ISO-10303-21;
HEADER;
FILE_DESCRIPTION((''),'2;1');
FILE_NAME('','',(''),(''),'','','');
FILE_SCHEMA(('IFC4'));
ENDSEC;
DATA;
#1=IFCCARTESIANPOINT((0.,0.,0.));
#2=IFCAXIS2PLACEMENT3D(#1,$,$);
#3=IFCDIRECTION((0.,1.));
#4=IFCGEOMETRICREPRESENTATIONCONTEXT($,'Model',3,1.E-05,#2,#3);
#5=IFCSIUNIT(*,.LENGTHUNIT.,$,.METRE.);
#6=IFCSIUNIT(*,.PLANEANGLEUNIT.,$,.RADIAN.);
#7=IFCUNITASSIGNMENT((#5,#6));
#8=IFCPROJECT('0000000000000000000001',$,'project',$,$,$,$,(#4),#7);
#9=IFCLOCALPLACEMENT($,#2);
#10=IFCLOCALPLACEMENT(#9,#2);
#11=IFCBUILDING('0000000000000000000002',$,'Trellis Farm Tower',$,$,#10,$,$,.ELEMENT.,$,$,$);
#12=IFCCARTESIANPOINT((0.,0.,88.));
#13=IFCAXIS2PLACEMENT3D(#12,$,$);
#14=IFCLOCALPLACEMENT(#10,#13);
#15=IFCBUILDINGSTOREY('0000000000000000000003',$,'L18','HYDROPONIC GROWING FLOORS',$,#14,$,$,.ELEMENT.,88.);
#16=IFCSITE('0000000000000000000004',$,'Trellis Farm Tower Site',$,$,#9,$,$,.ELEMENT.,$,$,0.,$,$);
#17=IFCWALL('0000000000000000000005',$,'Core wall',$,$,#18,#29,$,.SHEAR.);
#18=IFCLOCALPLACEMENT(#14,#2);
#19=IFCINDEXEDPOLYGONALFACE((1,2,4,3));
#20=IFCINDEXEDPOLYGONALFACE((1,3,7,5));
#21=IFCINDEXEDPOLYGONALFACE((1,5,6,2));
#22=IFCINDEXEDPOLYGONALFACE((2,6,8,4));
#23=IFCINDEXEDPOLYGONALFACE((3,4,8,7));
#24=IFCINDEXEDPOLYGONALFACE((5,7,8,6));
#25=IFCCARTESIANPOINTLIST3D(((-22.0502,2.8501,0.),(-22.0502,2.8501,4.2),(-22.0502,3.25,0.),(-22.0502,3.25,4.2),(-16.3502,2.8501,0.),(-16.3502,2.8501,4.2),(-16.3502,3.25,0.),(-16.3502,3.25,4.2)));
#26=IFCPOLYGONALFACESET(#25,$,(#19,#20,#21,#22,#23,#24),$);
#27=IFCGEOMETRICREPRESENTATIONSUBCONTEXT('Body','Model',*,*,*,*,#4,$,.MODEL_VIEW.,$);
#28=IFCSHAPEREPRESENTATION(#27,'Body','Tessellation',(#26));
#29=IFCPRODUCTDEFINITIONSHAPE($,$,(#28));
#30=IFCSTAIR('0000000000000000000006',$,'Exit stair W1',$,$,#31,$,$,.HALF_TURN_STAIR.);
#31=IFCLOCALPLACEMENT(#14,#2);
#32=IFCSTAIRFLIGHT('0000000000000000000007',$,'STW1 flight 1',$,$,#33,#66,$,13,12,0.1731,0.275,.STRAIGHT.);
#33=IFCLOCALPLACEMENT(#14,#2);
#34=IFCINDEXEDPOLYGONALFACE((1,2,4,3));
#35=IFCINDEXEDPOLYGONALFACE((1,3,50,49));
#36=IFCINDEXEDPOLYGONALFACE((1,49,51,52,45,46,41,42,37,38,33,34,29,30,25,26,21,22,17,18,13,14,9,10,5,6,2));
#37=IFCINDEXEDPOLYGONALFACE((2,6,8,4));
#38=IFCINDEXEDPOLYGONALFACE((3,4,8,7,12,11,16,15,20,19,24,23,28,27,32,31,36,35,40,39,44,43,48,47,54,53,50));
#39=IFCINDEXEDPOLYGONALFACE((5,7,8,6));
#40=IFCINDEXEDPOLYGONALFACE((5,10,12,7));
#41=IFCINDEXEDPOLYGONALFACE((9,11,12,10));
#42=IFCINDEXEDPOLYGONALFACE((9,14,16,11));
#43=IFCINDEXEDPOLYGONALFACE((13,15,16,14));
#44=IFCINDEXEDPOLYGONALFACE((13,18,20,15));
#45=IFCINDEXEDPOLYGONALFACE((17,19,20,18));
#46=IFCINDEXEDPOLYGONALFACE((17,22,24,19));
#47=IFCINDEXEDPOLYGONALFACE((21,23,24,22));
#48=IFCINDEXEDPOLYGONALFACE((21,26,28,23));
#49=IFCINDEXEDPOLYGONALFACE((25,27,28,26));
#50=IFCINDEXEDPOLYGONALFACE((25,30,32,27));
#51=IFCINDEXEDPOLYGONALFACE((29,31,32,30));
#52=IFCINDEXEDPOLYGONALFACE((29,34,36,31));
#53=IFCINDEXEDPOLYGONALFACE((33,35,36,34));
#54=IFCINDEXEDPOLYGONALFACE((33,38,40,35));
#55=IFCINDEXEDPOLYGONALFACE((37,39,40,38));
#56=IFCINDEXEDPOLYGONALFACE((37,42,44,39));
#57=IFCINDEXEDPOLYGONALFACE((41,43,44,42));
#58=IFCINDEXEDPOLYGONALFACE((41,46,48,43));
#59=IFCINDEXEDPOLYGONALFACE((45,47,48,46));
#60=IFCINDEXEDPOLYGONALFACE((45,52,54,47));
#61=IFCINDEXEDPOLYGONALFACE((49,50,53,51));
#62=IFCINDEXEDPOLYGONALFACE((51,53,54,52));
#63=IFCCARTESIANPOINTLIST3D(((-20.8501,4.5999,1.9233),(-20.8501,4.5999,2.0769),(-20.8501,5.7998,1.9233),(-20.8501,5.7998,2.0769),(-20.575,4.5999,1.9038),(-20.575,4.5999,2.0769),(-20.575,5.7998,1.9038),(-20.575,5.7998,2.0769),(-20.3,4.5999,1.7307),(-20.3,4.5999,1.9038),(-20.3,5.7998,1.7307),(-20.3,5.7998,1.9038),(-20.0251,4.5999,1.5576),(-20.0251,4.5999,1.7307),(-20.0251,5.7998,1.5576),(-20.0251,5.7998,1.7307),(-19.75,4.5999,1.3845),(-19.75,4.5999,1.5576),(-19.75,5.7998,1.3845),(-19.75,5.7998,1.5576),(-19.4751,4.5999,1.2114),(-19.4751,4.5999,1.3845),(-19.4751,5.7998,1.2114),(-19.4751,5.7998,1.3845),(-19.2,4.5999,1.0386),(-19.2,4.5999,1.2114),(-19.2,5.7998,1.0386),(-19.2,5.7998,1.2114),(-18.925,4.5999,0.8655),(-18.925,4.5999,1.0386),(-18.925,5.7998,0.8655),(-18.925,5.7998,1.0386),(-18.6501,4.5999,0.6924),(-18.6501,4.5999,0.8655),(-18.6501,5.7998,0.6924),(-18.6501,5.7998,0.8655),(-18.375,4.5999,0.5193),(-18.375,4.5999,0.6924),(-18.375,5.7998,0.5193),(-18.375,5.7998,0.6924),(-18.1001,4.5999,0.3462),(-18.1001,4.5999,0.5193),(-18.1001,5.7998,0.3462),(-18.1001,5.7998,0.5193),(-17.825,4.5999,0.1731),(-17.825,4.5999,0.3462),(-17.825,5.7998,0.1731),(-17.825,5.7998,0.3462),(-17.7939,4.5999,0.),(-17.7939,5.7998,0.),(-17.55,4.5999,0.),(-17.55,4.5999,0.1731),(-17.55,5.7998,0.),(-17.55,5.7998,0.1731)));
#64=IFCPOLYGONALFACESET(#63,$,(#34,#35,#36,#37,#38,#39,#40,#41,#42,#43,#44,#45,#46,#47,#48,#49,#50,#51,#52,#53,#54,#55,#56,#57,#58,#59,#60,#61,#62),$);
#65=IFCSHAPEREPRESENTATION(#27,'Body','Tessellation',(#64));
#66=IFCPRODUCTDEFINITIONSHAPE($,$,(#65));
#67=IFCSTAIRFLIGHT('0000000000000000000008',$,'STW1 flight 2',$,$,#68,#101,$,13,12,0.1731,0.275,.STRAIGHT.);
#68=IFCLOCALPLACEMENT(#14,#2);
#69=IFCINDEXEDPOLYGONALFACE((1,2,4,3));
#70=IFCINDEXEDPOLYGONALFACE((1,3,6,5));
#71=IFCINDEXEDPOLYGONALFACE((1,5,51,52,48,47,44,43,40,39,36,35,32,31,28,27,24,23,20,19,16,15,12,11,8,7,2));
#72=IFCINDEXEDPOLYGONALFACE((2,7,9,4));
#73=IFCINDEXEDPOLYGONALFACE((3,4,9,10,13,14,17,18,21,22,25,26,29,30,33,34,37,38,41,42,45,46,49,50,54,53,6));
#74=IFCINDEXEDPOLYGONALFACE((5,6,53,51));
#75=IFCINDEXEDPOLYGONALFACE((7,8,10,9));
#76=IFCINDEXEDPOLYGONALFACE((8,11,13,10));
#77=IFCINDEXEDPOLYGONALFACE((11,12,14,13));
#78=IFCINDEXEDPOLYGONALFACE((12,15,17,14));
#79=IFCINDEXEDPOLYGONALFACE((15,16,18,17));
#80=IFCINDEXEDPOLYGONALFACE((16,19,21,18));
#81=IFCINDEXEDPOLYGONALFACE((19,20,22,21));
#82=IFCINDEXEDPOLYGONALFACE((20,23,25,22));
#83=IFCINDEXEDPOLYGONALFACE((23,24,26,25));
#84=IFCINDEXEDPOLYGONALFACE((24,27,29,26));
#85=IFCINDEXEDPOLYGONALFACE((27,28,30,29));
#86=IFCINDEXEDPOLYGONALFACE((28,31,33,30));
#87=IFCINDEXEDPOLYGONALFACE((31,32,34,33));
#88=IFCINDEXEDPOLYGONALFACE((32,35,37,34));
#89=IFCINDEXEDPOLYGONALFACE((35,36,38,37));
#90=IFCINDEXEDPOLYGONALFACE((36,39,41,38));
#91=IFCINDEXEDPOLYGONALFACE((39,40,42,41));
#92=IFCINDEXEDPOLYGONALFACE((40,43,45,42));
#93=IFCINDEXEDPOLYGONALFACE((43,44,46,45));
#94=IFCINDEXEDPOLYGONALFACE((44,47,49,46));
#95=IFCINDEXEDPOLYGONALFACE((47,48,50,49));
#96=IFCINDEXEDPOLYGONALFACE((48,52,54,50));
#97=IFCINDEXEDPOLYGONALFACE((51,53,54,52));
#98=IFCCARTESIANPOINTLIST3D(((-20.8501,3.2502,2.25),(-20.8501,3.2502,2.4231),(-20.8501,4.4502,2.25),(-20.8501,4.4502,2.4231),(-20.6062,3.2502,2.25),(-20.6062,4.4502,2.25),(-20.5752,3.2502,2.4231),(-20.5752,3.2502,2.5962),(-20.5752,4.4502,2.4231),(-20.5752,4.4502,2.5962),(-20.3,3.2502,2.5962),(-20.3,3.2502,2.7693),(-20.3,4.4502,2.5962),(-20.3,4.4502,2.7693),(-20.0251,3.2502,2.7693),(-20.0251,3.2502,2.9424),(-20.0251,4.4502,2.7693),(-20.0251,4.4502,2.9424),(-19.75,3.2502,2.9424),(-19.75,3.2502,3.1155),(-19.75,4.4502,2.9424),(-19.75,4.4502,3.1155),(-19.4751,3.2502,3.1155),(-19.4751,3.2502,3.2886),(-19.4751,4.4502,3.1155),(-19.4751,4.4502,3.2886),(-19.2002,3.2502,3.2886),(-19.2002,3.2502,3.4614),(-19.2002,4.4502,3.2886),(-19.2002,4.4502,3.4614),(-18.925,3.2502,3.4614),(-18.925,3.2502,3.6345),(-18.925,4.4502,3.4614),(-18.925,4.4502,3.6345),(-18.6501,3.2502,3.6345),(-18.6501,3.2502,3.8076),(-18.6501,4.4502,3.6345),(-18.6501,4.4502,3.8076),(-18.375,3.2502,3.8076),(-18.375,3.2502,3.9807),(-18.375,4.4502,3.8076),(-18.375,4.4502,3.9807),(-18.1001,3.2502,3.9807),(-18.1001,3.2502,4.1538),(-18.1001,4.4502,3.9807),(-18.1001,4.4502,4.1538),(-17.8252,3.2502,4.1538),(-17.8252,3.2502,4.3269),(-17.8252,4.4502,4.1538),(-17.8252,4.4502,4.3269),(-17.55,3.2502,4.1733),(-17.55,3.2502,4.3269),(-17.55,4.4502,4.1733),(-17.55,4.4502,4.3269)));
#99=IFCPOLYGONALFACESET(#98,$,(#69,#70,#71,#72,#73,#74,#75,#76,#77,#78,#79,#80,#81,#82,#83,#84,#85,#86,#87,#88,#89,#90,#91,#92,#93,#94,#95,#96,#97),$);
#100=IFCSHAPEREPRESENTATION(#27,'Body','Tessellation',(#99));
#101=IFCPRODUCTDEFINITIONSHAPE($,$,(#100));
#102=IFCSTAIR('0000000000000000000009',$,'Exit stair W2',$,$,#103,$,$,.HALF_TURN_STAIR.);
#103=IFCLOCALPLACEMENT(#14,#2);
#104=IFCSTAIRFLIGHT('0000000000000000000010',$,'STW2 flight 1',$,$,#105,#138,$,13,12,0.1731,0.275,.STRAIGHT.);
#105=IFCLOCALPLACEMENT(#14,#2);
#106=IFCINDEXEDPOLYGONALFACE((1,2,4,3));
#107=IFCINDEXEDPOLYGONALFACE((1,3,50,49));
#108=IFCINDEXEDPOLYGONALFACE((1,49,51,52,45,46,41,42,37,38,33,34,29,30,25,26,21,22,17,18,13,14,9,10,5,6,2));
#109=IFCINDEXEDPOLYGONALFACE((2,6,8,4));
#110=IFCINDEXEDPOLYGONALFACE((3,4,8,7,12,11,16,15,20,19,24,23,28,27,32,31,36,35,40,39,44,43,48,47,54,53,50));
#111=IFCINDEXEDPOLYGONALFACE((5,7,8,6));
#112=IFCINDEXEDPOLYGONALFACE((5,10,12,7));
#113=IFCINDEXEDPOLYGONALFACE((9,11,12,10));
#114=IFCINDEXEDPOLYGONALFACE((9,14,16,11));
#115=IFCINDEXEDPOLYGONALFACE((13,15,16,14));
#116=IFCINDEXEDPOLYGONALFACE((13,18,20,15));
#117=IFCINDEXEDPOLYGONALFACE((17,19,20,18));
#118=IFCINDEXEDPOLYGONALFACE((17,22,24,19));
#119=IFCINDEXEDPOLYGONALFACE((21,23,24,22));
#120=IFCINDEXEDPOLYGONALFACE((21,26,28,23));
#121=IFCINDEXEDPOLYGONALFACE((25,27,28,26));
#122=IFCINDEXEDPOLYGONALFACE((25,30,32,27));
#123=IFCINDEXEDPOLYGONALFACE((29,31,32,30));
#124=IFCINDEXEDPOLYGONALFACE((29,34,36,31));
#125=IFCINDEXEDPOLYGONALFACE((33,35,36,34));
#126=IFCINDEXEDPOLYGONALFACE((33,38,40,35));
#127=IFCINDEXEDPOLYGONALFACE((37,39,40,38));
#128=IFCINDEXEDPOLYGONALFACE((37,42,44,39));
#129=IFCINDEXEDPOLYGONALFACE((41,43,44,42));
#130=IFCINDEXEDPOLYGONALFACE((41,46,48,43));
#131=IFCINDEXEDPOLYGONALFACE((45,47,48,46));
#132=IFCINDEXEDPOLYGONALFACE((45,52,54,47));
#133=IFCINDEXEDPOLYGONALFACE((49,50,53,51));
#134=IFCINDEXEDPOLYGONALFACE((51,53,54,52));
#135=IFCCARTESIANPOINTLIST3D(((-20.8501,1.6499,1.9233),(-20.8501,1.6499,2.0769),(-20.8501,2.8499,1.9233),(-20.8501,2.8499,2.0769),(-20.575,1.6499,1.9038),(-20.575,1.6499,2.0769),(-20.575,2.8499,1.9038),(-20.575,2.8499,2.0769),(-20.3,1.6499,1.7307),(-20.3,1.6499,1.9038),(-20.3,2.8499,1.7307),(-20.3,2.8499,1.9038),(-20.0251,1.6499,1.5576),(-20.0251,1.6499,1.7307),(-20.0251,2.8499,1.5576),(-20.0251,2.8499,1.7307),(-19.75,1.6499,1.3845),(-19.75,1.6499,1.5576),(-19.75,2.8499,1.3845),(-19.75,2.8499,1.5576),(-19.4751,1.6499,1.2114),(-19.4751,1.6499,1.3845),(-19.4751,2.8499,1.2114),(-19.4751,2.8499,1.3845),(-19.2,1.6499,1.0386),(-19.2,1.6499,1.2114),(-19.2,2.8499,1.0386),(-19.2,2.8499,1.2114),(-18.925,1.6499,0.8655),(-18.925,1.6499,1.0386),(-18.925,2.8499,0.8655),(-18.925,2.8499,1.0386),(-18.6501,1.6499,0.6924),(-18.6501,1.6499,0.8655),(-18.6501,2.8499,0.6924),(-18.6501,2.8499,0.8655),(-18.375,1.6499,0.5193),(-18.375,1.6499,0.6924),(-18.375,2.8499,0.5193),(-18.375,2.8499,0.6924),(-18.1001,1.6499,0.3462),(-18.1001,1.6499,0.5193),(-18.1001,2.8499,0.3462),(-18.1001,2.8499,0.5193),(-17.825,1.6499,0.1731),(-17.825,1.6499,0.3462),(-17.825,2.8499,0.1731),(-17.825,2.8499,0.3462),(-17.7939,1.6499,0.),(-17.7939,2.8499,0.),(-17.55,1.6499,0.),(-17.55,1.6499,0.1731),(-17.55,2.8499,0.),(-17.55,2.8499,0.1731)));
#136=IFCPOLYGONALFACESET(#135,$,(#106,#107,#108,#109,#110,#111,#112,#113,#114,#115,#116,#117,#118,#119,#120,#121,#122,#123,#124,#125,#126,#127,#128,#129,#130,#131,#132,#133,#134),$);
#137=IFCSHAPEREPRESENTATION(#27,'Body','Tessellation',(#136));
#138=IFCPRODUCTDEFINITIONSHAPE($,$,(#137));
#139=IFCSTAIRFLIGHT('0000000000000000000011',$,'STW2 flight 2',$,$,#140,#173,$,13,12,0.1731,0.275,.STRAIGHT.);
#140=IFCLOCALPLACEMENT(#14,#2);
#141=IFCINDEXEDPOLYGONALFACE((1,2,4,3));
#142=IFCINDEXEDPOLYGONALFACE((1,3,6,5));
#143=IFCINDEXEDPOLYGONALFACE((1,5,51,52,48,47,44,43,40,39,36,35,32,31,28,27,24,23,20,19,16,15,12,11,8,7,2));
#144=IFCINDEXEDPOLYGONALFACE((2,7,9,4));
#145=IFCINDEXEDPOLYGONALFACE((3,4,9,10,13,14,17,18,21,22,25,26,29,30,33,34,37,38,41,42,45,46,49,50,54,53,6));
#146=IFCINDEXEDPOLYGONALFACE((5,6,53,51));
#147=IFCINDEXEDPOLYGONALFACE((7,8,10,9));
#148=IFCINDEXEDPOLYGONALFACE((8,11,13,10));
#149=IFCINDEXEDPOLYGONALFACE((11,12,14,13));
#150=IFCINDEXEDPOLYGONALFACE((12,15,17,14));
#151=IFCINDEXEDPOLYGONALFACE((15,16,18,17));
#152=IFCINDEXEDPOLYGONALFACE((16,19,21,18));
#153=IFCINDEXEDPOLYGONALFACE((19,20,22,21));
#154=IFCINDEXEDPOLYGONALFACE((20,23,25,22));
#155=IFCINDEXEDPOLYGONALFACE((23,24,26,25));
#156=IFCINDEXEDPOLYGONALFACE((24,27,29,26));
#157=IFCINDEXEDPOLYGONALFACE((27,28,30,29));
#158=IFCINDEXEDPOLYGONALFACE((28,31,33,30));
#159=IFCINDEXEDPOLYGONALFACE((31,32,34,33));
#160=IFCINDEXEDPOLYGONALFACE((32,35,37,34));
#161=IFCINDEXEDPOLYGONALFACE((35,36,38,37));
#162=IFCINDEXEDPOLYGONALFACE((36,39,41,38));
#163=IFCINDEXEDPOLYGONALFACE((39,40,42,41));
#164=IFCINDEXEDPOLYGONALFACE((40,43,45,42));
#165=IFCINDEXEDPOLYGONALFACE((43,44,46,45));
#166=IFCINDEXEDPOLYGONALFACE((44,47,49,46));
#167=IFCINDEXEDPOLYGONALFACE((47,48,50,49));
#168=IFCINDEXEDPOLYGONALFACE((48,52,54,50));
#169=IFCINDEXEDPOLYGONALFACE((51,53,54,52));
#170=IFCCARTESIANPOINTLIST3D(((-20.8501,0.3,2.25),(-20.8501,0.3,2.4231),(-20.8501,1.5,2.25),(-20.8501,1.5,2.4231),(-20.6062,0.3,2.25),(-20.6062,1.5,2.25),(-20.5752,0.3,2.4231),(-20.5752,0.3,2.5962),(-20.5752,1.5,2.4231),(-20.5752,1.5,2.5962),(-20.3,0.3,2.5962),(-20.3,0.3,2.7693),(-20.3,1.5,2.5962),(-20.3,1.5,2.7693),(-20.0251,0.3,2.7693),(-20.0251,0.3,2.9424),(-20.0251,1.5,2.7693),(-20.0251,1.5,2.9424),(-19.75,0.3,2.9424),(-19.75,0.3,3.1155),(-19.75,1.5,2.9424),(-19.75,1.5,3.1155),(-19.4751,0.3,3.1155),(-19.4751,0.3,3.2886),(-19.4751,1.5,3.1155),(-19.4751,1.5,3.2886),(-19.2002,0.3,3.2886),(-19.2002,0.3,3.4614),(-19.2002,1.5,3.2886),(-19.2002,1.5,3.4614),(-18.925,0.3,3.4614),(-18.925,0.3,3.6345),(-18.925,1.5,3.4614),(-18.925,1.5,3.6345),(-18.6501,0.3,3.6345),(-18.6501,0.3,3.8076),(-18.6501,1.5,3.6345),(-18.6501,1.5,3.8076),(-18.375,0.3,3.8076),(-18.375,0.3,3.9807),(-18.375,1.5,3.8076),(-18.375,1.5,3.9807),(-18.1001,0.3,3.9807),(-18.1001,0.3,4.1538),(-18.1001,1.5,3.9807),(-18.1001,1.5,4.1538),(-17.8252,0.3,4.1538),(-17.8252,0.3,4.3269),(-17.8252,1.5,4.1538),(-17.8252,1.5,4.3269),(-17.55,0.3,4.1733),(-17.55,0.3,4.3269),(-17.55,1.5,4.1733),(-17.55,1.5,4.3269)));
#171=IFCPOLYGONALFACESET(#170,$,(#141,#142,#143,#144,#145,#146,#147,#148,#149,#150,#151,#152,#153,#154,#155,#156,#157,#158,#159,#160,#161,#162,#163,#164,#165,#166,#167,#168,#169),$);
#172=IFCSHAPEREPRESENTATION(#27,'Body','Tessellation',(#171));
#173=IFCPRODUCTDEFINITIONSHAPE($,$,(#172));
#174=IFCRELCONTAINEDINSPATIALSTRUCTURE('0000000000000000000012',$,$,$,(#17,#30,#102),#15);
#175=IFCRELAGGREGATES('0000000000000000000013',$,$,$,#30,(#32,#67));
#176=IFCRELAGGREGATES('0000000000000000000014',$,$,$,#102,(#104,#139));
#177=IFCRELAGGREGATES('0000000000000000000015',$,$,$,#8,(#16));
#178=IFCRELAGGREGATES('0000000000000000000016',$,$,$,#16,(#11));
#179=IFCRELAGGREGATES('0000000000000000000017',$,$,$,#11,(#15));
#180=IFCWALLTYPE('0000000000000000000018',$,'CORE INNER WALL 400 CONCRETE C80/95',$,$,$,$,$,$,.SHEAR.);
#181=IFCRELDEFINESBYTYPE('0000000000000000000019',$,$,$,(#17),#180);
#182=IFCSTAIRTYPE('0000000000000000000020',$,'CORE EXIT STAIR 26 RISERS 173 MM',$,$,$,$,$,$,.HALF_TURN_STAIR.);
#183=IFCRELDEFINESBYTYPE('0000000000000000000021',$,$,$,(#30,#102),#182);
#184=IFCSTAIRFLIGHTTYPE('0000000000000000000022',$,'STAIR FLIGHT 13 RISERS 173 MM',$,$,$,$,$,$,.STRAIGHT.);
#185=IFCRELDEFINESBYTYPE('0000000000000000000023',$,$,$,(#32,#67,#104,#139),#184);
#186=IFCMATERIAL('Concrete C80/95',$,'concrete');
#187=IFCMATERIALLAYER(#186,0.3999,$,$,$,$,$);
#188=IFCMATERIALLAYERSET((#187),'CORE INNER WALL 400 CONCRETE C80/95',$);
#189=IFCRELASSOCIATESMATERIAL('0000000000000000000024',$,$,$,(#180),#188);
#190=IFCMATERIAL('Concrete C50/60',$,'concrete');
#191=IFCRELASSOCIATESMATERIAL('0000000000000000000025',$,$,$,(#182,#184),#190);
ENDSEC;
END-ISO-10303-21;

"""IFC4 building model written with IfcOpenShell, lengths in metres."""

from ifc_helpers import new_model, si_unit, direction, frame, frame_2d, origin, place, context, subcontext, project, spatial, polyline, rectangle, outline, extrude, source, transform, mapped, material, layer, layer_set, type_object, element, aggregate, save


model = new_model("IFC4")

# Units and contexts
model_context = context("Model", 3, precision=1e-05, world=origin(), true_north=direction((0.0, 1.0)))
body_context = subcontext(model_context, "Body", "Model", "MODEL_VIEW")
ifc_project = project(units=[si_unit("LENGTHUNIT", "METRE"), si_unit("PLANEANGLEUNIT", "RADIAN")], contexts=[model_context])

# Site, building, storey
site_placement = place(None, origin())
site = spatial("IfcSite", under=ifc_project, at=site_placement, Name="Trellis Farm Tower Site", CompositionType="ELEMENT", RefElevation=0.0)
building_placement = place(site_placement, origin())
building = spatial("IfcBuilding", under=site, at=building_placement, Name="Trellis Farm Tower", CompositionType="ELEMENT")
storey_placement = place(building_placement, frame((0.0, 0.0, 88.0)))
storey = spatial("IfcBuildingStorey", under=building, at=storey_placement, Name="L18", Description="HYDROPONIC GROWING FLOORS", CompositionType="ELEMENT", Elevation=88.0)

# Shared definitions
ifc_material_1 = material(Name="Concrete C80/95", Category="concrete")

# Shared definitions
placement = place(storey_placement, origin())

# Shared definitions
ifc_layer_1 = layer(ifc_material_1, 0.3999)
ifc_layer_set_1 = layer_set([ifc_layer_1], Name="CORE INNER WALL 400 CONCRETE C80/95")
wall_type_1 = type_object("IfcWallType", Name="CORE INNER WALL 400 CONCRETE C80/95", PredefinedType="SHEAR", material=ifc_layer_set_1)

# Wall
shared_shape_1 = source(origin(), body_context, "Body", "SweptSolid", [
    extrude(rectangle(XDim=5.7, YDim=0.3999, at=frame_2d((2.8501, 0.0))), origin(), (0.0, 0.0, 1.0), 4.2),
])
wall_1_placement = place(storey_placement, frame((-16.3501, 3.05, 0.0), z_axis=(0.0, 0.0, 1.0), x_axis=(-1.0, 0.0, 0.0)))
element("IfcWall", 1, at=wall_1_placement, inside=storey, type_object=wall_type_1, Name="Core wall", PredefinedType="SHEAR", context=body_context, shape_type="MappedRepresentation", body=[
    mapped(shared_shape_1, transform((0.0, 0.0, 0.0))),
])

# Stairs, stair flights
ifc_material_2 = material(Name="Concrete C50/60", Category="concrete")
stair_type = type_object("IfcStairType", Name="CORE EXIT STAIR 26 RISERS 173 MM", PredefinedType="HALF_TURN_STAIR", material=ifc_material_2)
stair_1 = element("IfcStair", 2, at=placement, inside=storey, type_object=stair_type, Name="Exit stair W1", PredefinedType="HALF_TURN_STAIR")
stair_flight_type = type_object("IfcStairFlightType", Name="STAIR FLIGHT 13 RISERS 173 MM", PredefinedType="STRAIGHT", material=ifc_material_2)
shared_shape_2 = source(origin(), body_context, "Body", "SweptSolid", [
    extrude(outline(polyline([(0.0, 0.0), (0.0, 0.1731), (0.2749, 0.1731), (0.2749, 0.3462), (0.55, 0.3462), (0.55, 0.5193), (0.825, 0.5193), (0.825, 0.6924), (1.1001, 0.6924), (1.1001, 0.8655), (1.375, 0.8655), (1.375, 1.0386), (1.6499, 1.0386), (1.6499, 1.2114), (1.925, 1.2114), (1.925, 1.3845), (2.2, 1.3845), (2.2, 1.5576), (2.4751, 1.5576), (2.4751, 1.7307), (2.75, 1.7307), (2.75, 1.9038), (3.0249, 1.9038), (3.0249, 2.0769), (3.3, 2.0769), (3.3, 2.25), (3.3, 1.9233), (0.2439, 0.0), (0.0, 0.0)])), frame((0.0, 0.6001, 0.0), z_axis=(0.0, -1.0, 0.0), x_axis=(1.0, 0.0, 0.0)), (0.0, 0.0, 1.0), 1.2),
])
stair_flight_1_placement = place(storey_placement, frame((-17.55, 5.2, 0.0), z_axis=(0.0, 0.0, 1.0), x_axis=(-1.0, 0.0, 0.0)))
stair_flight_1 = element("IfcStairFlight", 3, at=stair_flight_1_placement, type_object=stair_flight_type, Name="STW1 flight 1", NumberOfRisers=13, NumberOfTreads=12, PredefinedType="STRAIGHT", RiserHeight=0.1731, TreadLength=0.275, context=body_context, shape_type="MappedRepresentation", body=[
    mapped(shared_shape_2, transform((0.0, 0.0, 0.0))),
])
stair_flight_2_placement = place(storey_placement, frame((-20.8501, 3.8501, 2.25), z_axis=(0.0, 0.0, 1.0), x_axis=(1.0, 0.0, 0.0)))
stair_flight_2 = element("IfcStairFlight", 4, at=stair_flight_2_placement, type_object=stair_flight_type, Name="STW1 flight 2", NumberOfRisers=13, NumberOfTreads=12, PredefinedType="STRAIGHT", RiserHeight=0.1731, TreadLength=0.275, context=body_context, shape_type="MappedRepresentation", body=[
    mapped(shared_shape_2, transform((0.0, 0.0, 0.0))),
])
aggregate(stair_1, [stair_flight_1, stair_flight_2])
stair_2 = element("IfcStair", 5, at=placement, inside=storey, type_object=stair_type, Name="Exit stair W2", PredefinedType="HALF_TURN_STAIR")
stair_flight_3_placement = place(storey_placement, frame((-17.55, 2.25, 0.0), z_axis=(0.0, 0.0, 1.0), x_axis=(-1.0, 0.0, 0.0)))
stair_flight_3 = element("IfcStairFlight", 6, at=stair_flight_3_placement, type_object=stair_flight_type, Name="STW2 flight 1", NumberOfRisers=13, NumberOfTreads=12, PredefinedType="STRAIGHT", RiserHeight=0.1731, TreadLength=0.275, context=body_context, shape_type="MappedRepresentation", body=[
    mapped(shared_shape_2, transform((0.0, 0.0, 0.0))),
])
stair_flight_4_placement = place(storey_placement, frame((-20.8501, 0.8999, 2.25), z_axis=(0.0, 0.0, 1.0), x_axis=(1.0, 0.0, 0.0)))
stair_flight_4 = element("IfcStairFlight", 7, at=stair_flight_4_placement, type_object=stair_flight_type, Name="STW2 flight 2", NumberOfRisers=13, NumberOfTreads=12, PredefinedType="STRAIGHT", RiserHeight=0.1731, TreadLength=0.275, context=body_context, shape_type="MappedRepresentation", body=[
    mapped(shared_shape_2, transform((0.0, 0.0, 0.0))),
])
aggregate(stair_2, [stair_flight_3, stair_flight_4])

save(model, "model.ifc")
